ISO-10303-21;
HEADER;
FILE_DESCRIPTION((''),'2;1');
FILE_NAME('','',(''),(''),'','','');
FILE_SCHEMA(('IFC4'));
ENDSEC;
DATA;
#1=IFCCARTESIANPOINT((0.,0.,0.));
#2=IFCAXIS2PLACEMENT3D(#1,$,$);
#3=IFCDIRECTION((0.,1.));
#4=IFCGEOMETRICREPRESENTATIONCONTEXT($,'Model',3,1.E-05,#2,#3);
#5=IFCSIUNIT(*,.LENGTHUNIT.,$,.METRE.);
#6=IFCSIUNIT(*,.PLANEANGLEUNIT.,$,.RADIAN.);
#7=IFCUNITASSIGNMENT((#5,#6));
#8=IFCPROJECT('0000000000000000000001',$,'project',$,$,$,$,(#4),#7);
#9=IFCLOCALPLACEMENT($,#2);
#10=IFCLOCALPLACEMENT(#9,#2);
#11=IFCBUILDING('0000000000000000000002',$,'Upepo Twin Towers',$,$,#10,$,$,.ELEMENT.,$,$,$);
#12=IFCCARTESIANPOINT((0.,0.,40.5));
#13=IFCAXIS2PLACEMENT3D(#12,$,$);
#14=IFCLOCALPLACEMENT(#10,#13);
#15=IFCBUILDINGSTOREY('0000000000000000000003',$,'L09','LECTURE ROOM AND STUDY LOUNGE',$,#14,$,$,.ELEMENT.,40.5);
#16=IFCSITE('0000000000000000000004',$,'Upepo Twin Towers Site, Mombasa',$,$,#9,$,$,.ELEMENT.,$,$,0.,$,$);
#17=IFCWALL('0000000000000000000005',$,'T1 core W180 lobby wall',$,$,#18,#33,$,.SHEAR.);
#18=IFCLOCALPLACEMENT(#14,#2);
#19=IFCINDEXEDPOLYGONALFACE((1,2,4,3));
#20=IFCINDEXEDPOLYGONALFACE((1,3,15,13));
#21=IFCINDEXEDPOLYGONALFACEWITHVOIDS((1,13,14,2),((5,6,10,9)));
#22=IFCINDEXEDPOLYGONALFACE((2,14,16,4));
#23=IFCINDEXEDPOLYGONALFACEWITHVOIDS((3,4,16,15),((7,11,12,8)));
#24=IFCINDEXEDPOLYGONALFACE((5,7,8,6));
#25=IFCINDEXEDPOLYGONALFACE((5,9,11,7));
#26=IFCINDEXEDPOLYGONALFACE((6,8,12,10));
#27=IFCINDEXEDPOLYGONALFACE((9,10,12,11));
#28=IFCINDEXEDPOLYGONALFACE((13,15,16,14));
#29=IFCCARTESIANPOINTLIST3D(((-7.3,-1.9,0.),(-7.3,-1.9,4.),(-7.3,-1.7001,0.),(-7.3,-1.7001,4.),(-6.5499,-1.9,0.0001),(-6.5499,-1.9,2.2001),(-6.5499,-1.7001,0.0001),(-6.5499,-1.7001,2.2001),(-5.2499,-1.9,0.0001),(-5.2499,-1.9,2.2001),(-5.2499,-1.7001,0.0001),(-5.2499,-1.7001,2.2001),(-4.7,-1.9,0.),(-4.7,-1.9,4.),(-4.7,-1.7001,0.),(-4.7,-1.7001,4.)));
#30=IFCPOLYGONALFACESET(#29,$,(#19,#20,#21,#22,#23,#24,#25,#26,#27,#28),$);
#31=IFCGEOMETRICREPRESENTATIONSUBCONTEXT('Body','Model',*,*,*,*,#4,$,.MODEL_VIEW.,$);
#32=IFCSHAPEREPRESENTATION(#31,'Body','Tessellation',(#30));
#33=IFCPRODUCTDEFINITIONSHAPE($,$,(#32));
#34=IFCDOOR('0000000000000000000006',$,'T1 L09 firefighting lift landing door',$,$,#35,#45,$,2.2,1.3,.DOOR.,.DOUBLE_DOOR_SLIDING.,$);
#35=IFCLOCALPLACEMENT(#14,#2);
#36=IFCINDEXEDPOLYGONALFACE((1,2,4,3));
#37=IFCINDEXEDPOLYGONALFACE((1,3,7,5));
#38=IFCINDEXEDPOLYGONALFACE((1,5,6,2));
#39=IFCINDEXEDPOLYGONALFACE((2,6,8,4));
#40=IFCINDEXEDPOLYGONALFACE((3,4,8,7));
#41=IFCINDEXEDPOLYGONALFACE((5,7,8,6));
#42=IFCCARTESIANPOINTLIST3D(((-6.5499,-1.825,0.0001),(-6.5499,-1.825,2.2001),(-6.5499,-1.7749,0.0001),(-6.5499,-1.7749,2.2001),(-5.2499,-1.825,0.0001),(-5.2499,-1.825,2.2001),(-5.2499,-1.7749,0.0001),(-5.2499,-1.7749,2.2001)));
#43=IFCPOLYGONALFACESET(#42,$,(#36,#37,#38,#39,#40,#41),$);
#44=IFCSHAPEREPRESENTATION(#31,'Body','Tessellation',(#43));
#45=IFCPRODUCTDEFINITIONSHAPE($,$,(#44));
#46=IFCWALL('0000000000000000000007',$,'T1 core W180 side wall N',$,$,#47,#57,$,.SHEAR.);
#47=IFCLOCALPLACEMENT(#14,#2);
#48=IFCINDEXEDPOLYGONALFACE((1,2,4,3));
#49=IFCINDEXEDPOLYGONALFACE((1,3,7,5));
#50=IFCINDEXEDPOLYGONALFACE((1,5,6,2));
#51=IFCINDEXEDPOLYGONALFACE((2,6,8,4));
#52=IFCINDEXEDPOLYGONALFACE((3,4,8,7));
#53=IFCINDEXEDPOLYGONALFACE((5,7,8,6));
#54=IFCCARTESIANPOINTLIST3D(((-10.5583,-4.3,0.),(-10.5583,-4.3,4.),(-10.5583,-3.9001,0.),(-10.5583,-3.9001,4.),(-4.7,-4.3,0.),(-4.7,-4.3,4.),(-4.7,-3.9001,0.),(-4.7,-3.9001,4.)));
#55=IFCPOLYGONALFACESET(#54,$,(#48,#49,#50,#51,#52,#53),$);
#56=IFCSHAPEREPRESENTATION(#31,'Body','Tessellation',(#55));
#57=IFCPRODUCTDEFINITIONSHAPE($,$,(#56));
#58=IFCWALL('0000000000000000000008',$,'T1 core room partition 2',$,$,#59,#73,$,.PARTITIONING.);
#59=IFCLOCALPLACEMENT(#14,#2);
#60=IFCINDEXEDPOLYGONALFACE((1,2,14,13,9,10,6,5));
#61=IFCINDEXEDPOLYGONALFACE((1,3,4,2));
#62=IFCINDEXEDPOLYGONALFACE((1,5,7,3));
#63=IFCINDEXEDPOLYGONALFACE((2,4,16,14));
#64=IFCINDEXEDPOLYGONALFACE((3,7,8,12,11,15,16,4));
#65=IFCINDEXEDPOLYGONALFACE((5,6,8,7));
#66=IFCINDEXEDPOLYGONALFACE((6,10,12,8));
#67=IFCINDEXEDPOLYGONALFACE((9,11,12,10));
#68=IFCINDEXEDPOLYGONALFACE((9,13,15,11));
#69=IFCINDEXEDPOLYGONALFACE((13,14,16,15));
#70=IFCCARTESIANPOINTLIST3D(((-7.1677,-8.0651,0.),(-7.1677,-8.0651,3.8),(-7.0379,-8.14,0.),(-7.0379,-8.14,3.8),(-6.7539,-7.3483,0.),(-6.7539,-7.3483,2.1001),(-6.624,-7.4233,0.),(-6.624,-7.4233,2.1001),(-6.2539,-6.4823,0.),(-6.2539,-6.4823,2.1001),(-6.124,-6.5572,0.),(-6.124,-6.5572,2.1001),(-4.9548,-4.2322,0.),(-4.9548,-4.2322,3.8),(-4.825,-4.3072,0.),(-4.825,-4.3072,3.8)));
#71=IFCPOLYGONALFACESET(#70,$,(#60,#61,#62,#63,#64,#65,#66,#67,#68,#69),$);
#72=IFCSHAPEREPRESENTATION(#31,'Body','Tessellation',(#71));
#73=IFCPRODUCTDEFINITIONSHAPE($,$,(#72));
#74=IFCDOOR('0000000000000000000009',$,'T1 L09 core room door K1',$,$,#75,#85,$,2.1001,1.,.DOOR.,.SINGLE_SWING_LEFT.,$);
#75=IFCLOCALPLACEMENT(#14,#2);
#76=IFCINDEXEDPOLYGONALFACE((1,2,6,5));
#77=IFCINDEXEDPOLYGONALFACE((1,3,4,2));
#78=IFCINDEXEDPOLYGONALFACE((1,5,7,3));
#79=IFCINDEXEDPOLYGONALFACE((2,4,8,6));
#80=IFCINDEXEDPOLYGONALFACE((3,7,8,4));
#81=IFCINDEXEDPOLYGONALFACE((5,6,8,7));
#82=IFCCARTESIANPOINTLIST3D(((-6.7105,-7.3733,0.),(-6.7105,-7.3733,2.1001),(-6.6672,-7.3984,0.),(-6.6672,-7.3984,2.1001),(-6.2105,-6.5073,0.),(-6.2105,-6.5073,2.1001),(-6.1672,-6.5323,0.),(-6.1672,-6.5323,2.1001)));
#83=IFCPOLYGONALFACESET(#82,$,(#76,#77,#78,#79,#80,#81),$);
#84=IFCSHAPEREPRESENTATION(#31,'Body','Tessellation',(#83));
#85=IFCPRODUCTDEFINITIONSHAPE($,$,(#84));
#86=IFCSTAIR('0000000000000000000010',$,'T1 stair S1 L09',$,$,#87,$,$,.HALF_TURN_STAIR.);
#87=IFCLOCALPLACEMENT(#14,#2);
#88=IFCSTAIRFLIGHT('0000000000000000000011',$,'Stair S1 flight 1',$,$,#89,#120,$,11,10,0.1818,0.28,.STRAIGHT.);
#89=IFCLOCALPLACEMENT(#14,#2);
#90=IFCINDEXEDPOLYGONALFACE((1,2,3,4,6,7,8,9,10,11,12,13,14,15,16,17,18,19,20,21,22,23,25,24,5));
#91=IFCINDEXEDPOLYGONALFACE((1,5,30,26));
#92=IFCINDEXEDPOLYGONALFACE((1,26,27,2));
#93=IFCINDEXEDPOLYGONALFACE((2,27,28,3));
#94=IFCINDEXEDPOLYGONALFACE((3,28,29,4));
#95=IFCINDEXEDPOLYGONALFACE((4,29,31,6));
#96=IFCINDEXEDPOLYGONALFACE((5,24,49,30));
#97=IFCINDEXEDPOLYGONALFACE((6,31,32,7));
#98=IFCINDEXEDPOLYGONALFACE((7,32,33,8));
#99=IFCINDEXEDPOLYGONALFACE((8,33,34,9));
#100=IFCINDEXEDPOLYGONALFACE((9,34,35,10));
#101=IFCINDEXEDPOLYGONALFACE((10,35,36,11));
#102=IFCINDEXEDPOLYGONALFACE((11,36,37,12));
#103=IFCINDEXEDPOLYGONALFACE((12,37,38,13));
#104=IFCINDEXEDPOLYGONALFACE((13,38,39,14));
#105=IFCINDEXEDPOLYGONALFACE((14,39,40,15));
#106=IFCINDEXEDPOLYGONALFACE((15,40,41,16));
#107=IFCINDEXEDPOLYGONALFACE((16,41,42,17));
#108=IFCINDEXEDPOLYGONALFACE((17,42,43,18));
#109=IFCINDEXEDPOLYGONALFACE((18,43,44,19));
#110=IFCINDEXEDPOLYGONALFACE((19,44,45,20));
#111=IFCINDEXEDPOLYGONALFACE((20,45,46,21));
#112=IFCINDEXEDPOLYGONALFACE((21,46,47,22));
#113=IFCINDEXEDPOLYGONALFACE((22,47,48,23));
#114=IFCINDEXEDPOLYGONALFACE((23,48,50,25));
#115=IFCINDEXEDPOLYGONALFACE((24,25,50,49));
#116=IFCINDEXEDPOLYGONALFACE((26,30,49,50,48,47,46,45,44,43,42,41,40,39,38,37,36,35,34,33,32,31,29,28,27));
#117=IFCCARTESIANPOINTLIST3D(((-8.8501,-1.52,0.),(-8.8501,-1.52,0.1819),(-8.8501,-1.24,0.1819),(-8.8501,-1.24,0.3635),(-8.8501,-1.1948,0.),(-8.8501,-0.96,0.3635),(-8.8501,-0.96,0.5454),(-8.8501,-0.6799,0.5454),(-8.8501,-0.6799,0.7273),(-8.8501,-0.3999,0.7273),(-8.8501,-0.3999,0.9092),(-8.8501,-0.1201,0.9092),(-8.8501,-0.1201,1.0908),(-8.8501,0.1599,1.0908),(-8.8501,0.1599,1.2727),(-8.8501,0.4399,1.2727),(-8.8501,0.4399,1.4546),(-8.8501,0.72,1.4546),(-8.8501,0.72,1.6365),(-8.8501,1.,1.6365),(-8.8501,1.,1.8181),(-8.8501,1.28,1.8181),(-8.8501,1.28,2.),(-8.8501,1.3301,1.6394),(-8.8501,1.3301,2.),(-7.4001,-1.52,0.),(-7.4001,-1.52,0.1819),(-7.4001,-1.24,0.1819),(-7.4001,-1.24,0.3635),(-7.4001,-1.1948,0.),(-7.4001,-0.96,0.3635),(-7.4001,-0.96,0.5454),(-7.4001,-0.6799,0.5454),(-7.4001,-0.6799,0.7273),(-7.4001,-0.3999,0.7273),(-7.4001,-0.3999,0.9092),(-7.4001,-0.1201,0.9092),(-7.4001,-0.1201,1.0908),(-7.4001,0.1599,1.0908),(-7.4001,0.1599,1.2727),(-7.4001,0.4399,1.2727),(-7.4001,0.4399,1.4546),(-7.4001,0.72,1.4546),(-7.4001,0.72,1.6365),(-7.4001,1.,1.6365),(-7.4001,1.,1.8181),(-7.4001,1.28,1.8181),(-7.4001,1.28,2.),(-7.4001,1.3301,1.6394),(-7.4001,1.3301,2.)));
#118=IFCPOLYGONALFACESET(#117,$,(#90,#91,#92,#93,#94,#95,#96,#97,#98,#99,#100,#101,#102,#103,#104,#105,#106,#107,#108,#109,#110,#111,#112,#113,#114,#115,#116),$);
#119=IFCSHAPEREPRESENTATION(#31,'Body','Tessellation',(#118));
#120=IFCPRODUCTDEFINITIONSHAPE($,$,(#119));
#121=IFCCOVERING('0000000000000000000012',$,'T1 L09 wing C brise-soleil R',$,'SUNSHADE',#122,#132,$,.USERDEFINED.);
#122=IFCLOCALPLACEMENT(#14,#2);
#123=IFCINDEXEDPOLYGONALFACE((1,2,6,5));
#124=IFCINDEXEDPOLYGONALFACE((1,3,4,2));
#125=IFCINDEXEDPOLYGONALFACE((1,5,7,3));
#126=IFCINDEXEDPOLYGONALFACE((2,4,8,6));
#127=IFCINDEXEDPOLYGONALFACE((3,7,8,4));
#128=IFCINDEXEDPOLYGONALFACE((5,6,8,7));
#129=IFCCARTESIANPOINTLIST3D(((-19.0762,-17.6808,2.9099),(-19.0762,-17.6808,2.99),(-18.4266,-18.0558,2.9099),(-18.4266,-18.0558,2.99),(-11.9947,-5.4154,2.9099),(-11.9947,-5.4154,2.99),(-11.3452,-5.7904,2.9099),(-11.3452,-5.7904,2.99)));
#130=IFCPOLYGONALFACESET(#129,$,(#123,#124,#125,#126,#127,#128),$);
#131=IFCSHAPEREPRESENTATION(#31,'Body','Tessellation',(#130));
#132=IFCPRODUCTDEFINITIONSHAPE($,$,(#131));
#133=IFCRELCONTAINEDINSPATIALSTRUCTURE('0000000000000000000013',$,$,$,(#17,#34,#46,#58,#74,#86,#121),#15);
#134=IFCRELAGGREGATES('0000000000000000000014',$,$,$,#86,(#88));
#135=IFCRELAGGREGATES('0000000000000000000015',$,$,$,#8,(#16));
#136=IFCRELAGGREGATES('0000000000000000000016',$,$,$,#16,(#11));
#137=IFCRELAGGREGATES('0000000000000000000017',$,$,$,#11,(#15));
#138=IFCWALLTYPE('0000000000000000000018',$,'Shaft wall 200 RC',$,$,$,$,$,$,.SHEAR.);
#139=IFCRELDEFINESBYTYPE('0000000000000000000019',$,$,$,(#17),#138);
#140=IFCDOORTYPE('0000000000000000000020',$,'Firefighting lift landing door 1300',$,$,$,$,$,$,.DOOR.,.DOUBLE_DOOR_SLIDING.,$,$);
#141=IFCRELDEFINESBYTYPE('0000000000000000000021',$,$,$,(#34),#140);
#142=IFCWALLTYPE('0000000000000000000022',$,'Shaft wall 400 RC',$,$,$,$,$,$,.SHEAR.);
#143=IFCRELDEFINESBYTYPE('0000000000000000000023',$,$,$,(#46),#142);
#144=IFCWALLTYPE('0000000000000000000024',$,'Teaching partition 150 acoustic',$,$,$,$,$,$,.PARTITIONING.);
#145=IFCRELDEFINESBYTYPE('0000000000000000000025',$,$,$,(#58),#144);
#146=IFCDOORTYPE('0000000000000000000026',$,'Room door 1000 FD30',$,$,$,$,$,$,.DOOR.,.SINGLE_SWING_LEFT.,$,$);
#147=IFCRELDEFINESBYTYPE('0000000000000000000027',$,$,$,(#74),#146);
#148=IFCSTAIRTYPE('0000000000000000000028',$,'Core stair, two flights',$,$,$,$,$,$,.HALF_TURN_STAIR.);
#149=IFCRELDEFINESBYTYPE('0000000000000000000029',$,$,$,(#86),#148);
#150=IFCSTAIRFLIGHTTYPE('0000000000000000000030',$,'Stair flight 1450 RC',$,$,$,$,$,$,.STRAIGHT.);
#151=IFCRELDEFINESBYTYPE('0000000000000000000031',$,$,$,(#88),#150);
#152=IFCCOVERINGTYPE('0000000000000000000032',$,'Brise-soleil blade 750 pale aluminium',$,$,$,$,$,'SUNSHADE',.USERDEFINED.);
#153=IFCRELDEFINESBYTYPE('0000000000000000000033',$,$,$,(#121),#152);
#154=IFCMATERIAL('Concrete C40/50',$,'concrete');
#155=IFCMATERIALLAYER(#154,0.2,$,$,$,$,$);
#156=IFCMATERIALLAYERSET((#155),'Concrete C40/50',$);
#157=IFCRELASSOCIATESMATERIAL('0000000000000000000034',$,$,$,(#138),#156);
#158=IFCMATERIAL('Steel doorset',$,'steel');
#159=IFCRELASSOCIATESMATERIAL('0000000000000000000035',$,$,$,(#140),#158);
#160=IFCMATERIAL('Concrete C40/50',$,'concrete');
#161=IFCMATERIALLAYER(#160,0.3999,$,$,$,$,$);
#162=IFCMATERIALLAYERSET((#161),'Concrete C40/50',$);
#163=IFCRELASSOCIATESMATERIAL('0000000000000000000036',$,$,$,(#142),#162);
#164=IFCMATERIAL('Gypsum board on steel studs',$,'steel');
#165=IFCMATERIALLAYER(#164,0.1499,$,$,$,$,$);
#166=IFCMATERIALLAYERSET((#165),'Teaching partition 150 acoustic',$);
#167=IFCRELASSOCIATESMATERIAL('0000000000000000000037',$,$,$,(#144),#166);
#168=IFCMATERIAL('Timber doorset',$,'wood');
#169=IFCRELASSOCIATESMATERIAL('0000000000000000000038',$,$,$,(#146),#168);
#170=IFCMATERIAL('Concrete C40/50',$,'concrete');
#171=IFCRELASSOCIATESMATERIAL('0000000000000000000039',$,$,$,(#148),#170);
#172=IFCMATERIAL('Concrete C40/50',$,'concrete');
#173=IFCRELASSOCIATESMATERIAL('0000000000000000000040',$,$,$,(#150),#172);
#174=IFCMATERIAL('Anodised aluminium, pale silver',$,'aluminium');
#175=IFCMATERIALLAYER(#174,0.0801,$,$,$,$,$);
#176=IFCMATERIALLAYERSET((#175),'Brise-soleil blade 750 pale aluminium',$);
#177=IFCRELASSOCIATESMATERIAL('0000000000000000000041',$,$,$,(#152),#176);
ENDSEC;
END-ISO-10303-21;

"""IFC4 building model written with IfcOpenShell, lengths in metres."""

from ifc_helpers import new_model, si_unit, direction, frame, frame_2d, origin, origin_2d, place, context, subcontext, project, spatial, polyline, rectangle, outline, extrude, material, layer, layer_set, type_object, element, fill, aggregate, save


model = new_model("IFC4")

# Units and contexts
model_context = context("Model", 3, precision=1e-05, world=origin(), true_north=direction((0.0, 1.0)))
body_context = subcontext(model_context, "Body", "Model", "MODEL_VIEW")
ifc_project = project(units=[si_unit("LENGTHUNIT", "METRE"), si_unit("PLANEANGLEUNIT", "RADIAN")], contexts=[model_context])

# Site, building, storey
site_placement = place(None, origin())
site = spatial("IfcSite", under=ifc_project, at=site_placement, Name="Upepo Twin Towers Site, Mombasa", CompositionType="ELEMENT", RefElevation=0.0)
building_placement = place(site_placement, origin())
building = spatial("IfcBuilding", under=site, at=building_placement, Name="Upepo Twin Towers", CompositionType="ELEMENT")
storey_placement = place(building_placement, frame((0.0, 0.0, 40.5)))
storey = spatial("IfcBuildingStorey", under=building, at=storey_placement, Name="L09", Description="LECTURE ROOM AND STUDY LOUNGE", CompositionType="ELEMENT", Elevation=40.5)

# Wall, opening, door
ifc_material_1 = material(Name="Concrete C40/50", Category="concrete")
ifc_layer_1 = layer(ifc_material_1, 0.2)
ifc_layer_set_1 = layer_set([ifc_layer_1], Name="Concrete C40/50")
wall_type_1 = type_object("IfcWallType", Name="Shaft wall 200 RC", PredefinedType="SHEAR", material=ifc_layer_set_1)
wall_1_placement = place(storey_placement, frame((-4.7, -1.8, 0.0), z_axis=(0.0, 0.0, 1.0), x_axis=(-1.0, 0.0, 0.0)))
wall_1 = element("IfcWall", 1, at=wall_1_placement, inside=storey, type_object=wall_type_1, Name="T1 core W180 lobby wall", PredefinedType="SHEAR", context=body_context, shape_type="SweptSolid", body=[
    extrude(rectangle(XDim=2.6001, YDim=0.2, at=frame_2d((1.3, 0.0))), origin(), (0.0, 0.0, 1.0), 4.0),
])
opening_1_placement = place(wall_1_placement, frame((0.55, 0.0, 0.0)))
opening_1 = element("IfcOpeningElement", 2, at=opening_1_placement, cuts=wall_1, PredefinedType="OPENING", context=body_context, shape_type="SweptSolid", body=[
    extrude(rectangle(XDim=1.3, YDim=2.2, at=frame_2d((0.6499, 1.1001))), frame((0.0, 0.1099, 0.0), z_axis=(0.0, -1.0, 0.0), x_axis=(1.0, 0.0, 0.0)), (0.0, 0.0, 1.0), 0.22),
])
ifc_material_2 = material(Name="Steel doorset", Category="steel")
door_type_1 = type_object("IfcDoorType", Name="Firefighting lift landing door 1300", OperationType="DOUBLE_DOOR_SLIDING", PredefinedType="DOOR", material=ifc_material_2)
door_1_placement = place(opening_1_placement, origin())
door_1 = element("IfcDoor", 3, at=door_1_placement, inside=storey, type_object=door_type_1, Name="T1 L09 firefighting lift landing door", OperationType="DOUBLE_DOOR_SLIDING", OverallHeight=2.2, OverallWidth=1.3, PredefinedType="DOOR", context=body_context, shape_type="SweptSolid", body=[
    extrude(rectangle(XDim=1.3, YDim=2.2, at=frame_2d((0.6499, 1.1001))), frame((0.0, 0.0249, 0.0), z_axis=(0.0, -1.0, 0.0), x_axis=(1.0, 0.0, 0.0)), (0.0, 0.0, 1.0), 0.05),
])
fill(opening_1, door_1)

# Wall
ifc_material_3 = material(Name="Concrete C40/50", Category="concrete")
ifc_layer_2 = layer(ifc_material_3, 0.3999)
ifc_layer_set_2 = layer_set([ifc_layer_2], Name="Concrete C40/50")
wall_type_2 = type_object("IfcWallType", Name="Shaft wall 400 RC", PredefinedType="SHEAR", material=ifc_layer_set_2)
wall_2_placement = place(storey_placement, frame((-4.7, -4.1001, 0.0), z_axis=(0.0, 0.0, 1.0), x_axis=(-1.0, 0.0, 0.0)))
element("IfcWall", 4, at=wall_2_placement, inside=storey, type_object=wall_type_2, Name="T1 core W180 side wall N", PredefinedType="SHEAR", context=body_context, shape_type="SweptSolid", body=[
    extrude(rectangle(XDim=5.8584, YDim=0.3999, at=frame_2d((2.9292, 0.0))), origin(), (0.0, 0.0, 1.0), 4.0),
])

# Wall, opening, door
ifc_material_4 = material(Name="Gypsum board on steel studs", Category="steel")
ifc_layer_3 = layer(ifc_material_4, 0.1499)
ifc_layer_set_3 = layer_set([ifc_layer_3], Name="Teaching partition 150 acoustic")
wall_type_3 = type_object("IfcWallType", Name="Teaching partition 150 acoustic", PredefinedType="PARTITIONING", material=ifc_layer_set_3)
wall_3_placement = place(storey_placement, frame((-7.1028, -8.1025, 0.0), z_axis=(0.0, 0.0, 1.0), x_axis=(0.500007, 0.866021, 0.0)))
wall_3 = element("IfcWall", 5, at=wall_3_placement, inside=storey, type_object=wall_type_3, Name="T1 core room partition 2", PredefinedType="PARTITIONING", context=body_context, shape_type="SweptSolid", body=[
    extrude(rectangle(XDim=4.4258, YDim=0.1499, at=frame_2d((2.2129, 0.0))), origin(), (0.0, 0.0, 1.0), 3.8),
])
opening_2_placement = place(wall_3_placement, frame((0.8276, 0.0, 0.0)))
opening_2 = element("IfcOpeningElement", 6, at=opening_2_placement, cuts=wall_3, PredefinedType="OPENING", context=body_context, shape_type="SweptSolid", body=[
    extrude(rectangle(XDim=1.0, YDim=2.1001, at=frame_2d((0.5, 1.05))), frame((0.0, 0.085, 0.0), z_axis=(0.0, -1.0, 0.0), x_axis=(1.0, 0.0, 0.0)), (0.0, 0.0, 1.0), 0.1699),
])
ifc_material_5 = material(Name="Timber doorset", Category="wood")
door_type_2 = type_object("IfcDoorType", Name="Room door 1000 FD30", OperationType="SINGLE_SWING_LEFT", PredefinedType="DOOR", material=ifc_material_5)
door_2_placement = place(opening_2_placement, origin())
door_2 = element("IfcDoor", 7, at=door_2_placement, inside=storey, type_object=door_type_2, Name="T1 L09 core room door K1", OperationType="SINGLE_SWING_LEFT", OverallHeight=2.1001, OverallWidth=1.0, PredefinedType="DOOR", context=body_context, shape_type="SweptSolid", body=[
    extrude(rectangle(XDim=1.0, YDim=2.1001, at=frame_2d((0.5, 1.05))), frame((0.0, 0.0249, 0.0), z_axis=(0.0, -1.0, 0.0), x_axis=(1.0, 0.0, 0.0)), (0.0, 0.0, 1.0), 0.05),
])
fill(opening_2, door_2)

# Stair, stair flight
ifc_material_6 = material(Name="Concrete C40/50", Category="concrete")
stair_type = type_object("IfcStairType", Name="Core stair, two flights", PredefinedType="HALF_TURN_STAIR", material=ifc_material_6)
stair_placement = place(storey_placement, origin())
stair = element("IfcStair", 8, at=stair_placement, inside=storey, type_object=stair_type, Name="T1 stair S1 L09", PredefinedType="HALF_TURN_STAIR")
ifc_material_7 = material(Name="Concrete C40/50", Category="concrete")
stair_flight_type = type_object("IfcStairFlightType", Name="Stair flight 1450 RC", PredefinedType="STRAIGHT", material=ifc_material_7)
stair_flight_placement = place(storey_placement, frame((-8.125, -1.52, 0.0), z_axis=(0.0, 0.0, 1.0), x_axis=(0.0, 1.0, 0.0)))
stair_flight = element("IfcStairFlight", 9, at=stair_flight_placement, type_object=stair_flight_type, Name="Stair S1 flight 1", NumberOfRisers=11, NumberOfTreads=10, PredefinedType="STRAIGHT", RiserHeight=0.1818, TreadLength=0.28, context=body_context, shape_type="SweptSolid", body=[
    extrude(outline(polyline([(0.0, 0.0), (0.0, 0.1819), (0.28, 0.1819), (0.28, 0.3635), (0.5601, 0.3635), (0.5601, 0.5454), (0.8401, 0.5454), (0.8401, 0.7273), (1.1201, 0.7273), (1.1201, 0.9092), (1.3999, 0.9092), (1.3999, 1.0908), (1.6799, 1.0908), (1.6799, 1.2727), (1.96, 1.2727), (1.96, 1.4546), (2.24, 1.4546), (2.24, 1.6365), (2.52, 1.6365), (2.52, 1.8181), (2.8, 1.8181), (2.8, 2.0), (2.8501, 2.0), (2.8501, 1.6394), (0.3252, 0.0), (0.0, 0.0)])), frame((0.0, 0.7251, 0.0), z_axis=(0.0, -1.0, 0.0), x_axis=(1.0, 0.0, 0.0)), (0.0, 0.0, 1.0), 1.45),
])
aggregate(stair, [stair_flight])

# Covering
ifc_material_8 = material(Name="Anodised aluminium, pale silver", Category="aluminium")
ifc_layer_4 = layer(ifc_material_8, 0.0801)
ifc_layer_set_4 = layer_set([ifc_layer_4], Name="Brise-soleil blade 750 pale aluminium")
covering_type = type_object("IfcCoveringType", Name="Brise-soleil blade 750 pale aluminium", ElementType="SUNSHADE", PredefinedType="USERDEFINED", material=ifc_layer_set_4)
covering_placement = place(storey_placement, frame((-15.2107, -11.7356, 2.9099), z_axis=(0.0, 0.0, 1.0), x_axis=(-0.5, -0.866025, 0.0)))
element("IfcCovering", 10, at=covering_placement, inside=storey, type_object=covering_type, Name="T1 L09 wing C brise-soleil R", ObjectType="SUNSHADE", PredefinedType="USERDEFINED", context=body_context, shape_type="SweptSolid", body=[
    extrude(rectangle(XDim=14.1628, YDim=0.75, at=origin_2d()), origin(), (0.0, 0.0, 1.0), 0.0801),
])

save(model, "model.ifc")
